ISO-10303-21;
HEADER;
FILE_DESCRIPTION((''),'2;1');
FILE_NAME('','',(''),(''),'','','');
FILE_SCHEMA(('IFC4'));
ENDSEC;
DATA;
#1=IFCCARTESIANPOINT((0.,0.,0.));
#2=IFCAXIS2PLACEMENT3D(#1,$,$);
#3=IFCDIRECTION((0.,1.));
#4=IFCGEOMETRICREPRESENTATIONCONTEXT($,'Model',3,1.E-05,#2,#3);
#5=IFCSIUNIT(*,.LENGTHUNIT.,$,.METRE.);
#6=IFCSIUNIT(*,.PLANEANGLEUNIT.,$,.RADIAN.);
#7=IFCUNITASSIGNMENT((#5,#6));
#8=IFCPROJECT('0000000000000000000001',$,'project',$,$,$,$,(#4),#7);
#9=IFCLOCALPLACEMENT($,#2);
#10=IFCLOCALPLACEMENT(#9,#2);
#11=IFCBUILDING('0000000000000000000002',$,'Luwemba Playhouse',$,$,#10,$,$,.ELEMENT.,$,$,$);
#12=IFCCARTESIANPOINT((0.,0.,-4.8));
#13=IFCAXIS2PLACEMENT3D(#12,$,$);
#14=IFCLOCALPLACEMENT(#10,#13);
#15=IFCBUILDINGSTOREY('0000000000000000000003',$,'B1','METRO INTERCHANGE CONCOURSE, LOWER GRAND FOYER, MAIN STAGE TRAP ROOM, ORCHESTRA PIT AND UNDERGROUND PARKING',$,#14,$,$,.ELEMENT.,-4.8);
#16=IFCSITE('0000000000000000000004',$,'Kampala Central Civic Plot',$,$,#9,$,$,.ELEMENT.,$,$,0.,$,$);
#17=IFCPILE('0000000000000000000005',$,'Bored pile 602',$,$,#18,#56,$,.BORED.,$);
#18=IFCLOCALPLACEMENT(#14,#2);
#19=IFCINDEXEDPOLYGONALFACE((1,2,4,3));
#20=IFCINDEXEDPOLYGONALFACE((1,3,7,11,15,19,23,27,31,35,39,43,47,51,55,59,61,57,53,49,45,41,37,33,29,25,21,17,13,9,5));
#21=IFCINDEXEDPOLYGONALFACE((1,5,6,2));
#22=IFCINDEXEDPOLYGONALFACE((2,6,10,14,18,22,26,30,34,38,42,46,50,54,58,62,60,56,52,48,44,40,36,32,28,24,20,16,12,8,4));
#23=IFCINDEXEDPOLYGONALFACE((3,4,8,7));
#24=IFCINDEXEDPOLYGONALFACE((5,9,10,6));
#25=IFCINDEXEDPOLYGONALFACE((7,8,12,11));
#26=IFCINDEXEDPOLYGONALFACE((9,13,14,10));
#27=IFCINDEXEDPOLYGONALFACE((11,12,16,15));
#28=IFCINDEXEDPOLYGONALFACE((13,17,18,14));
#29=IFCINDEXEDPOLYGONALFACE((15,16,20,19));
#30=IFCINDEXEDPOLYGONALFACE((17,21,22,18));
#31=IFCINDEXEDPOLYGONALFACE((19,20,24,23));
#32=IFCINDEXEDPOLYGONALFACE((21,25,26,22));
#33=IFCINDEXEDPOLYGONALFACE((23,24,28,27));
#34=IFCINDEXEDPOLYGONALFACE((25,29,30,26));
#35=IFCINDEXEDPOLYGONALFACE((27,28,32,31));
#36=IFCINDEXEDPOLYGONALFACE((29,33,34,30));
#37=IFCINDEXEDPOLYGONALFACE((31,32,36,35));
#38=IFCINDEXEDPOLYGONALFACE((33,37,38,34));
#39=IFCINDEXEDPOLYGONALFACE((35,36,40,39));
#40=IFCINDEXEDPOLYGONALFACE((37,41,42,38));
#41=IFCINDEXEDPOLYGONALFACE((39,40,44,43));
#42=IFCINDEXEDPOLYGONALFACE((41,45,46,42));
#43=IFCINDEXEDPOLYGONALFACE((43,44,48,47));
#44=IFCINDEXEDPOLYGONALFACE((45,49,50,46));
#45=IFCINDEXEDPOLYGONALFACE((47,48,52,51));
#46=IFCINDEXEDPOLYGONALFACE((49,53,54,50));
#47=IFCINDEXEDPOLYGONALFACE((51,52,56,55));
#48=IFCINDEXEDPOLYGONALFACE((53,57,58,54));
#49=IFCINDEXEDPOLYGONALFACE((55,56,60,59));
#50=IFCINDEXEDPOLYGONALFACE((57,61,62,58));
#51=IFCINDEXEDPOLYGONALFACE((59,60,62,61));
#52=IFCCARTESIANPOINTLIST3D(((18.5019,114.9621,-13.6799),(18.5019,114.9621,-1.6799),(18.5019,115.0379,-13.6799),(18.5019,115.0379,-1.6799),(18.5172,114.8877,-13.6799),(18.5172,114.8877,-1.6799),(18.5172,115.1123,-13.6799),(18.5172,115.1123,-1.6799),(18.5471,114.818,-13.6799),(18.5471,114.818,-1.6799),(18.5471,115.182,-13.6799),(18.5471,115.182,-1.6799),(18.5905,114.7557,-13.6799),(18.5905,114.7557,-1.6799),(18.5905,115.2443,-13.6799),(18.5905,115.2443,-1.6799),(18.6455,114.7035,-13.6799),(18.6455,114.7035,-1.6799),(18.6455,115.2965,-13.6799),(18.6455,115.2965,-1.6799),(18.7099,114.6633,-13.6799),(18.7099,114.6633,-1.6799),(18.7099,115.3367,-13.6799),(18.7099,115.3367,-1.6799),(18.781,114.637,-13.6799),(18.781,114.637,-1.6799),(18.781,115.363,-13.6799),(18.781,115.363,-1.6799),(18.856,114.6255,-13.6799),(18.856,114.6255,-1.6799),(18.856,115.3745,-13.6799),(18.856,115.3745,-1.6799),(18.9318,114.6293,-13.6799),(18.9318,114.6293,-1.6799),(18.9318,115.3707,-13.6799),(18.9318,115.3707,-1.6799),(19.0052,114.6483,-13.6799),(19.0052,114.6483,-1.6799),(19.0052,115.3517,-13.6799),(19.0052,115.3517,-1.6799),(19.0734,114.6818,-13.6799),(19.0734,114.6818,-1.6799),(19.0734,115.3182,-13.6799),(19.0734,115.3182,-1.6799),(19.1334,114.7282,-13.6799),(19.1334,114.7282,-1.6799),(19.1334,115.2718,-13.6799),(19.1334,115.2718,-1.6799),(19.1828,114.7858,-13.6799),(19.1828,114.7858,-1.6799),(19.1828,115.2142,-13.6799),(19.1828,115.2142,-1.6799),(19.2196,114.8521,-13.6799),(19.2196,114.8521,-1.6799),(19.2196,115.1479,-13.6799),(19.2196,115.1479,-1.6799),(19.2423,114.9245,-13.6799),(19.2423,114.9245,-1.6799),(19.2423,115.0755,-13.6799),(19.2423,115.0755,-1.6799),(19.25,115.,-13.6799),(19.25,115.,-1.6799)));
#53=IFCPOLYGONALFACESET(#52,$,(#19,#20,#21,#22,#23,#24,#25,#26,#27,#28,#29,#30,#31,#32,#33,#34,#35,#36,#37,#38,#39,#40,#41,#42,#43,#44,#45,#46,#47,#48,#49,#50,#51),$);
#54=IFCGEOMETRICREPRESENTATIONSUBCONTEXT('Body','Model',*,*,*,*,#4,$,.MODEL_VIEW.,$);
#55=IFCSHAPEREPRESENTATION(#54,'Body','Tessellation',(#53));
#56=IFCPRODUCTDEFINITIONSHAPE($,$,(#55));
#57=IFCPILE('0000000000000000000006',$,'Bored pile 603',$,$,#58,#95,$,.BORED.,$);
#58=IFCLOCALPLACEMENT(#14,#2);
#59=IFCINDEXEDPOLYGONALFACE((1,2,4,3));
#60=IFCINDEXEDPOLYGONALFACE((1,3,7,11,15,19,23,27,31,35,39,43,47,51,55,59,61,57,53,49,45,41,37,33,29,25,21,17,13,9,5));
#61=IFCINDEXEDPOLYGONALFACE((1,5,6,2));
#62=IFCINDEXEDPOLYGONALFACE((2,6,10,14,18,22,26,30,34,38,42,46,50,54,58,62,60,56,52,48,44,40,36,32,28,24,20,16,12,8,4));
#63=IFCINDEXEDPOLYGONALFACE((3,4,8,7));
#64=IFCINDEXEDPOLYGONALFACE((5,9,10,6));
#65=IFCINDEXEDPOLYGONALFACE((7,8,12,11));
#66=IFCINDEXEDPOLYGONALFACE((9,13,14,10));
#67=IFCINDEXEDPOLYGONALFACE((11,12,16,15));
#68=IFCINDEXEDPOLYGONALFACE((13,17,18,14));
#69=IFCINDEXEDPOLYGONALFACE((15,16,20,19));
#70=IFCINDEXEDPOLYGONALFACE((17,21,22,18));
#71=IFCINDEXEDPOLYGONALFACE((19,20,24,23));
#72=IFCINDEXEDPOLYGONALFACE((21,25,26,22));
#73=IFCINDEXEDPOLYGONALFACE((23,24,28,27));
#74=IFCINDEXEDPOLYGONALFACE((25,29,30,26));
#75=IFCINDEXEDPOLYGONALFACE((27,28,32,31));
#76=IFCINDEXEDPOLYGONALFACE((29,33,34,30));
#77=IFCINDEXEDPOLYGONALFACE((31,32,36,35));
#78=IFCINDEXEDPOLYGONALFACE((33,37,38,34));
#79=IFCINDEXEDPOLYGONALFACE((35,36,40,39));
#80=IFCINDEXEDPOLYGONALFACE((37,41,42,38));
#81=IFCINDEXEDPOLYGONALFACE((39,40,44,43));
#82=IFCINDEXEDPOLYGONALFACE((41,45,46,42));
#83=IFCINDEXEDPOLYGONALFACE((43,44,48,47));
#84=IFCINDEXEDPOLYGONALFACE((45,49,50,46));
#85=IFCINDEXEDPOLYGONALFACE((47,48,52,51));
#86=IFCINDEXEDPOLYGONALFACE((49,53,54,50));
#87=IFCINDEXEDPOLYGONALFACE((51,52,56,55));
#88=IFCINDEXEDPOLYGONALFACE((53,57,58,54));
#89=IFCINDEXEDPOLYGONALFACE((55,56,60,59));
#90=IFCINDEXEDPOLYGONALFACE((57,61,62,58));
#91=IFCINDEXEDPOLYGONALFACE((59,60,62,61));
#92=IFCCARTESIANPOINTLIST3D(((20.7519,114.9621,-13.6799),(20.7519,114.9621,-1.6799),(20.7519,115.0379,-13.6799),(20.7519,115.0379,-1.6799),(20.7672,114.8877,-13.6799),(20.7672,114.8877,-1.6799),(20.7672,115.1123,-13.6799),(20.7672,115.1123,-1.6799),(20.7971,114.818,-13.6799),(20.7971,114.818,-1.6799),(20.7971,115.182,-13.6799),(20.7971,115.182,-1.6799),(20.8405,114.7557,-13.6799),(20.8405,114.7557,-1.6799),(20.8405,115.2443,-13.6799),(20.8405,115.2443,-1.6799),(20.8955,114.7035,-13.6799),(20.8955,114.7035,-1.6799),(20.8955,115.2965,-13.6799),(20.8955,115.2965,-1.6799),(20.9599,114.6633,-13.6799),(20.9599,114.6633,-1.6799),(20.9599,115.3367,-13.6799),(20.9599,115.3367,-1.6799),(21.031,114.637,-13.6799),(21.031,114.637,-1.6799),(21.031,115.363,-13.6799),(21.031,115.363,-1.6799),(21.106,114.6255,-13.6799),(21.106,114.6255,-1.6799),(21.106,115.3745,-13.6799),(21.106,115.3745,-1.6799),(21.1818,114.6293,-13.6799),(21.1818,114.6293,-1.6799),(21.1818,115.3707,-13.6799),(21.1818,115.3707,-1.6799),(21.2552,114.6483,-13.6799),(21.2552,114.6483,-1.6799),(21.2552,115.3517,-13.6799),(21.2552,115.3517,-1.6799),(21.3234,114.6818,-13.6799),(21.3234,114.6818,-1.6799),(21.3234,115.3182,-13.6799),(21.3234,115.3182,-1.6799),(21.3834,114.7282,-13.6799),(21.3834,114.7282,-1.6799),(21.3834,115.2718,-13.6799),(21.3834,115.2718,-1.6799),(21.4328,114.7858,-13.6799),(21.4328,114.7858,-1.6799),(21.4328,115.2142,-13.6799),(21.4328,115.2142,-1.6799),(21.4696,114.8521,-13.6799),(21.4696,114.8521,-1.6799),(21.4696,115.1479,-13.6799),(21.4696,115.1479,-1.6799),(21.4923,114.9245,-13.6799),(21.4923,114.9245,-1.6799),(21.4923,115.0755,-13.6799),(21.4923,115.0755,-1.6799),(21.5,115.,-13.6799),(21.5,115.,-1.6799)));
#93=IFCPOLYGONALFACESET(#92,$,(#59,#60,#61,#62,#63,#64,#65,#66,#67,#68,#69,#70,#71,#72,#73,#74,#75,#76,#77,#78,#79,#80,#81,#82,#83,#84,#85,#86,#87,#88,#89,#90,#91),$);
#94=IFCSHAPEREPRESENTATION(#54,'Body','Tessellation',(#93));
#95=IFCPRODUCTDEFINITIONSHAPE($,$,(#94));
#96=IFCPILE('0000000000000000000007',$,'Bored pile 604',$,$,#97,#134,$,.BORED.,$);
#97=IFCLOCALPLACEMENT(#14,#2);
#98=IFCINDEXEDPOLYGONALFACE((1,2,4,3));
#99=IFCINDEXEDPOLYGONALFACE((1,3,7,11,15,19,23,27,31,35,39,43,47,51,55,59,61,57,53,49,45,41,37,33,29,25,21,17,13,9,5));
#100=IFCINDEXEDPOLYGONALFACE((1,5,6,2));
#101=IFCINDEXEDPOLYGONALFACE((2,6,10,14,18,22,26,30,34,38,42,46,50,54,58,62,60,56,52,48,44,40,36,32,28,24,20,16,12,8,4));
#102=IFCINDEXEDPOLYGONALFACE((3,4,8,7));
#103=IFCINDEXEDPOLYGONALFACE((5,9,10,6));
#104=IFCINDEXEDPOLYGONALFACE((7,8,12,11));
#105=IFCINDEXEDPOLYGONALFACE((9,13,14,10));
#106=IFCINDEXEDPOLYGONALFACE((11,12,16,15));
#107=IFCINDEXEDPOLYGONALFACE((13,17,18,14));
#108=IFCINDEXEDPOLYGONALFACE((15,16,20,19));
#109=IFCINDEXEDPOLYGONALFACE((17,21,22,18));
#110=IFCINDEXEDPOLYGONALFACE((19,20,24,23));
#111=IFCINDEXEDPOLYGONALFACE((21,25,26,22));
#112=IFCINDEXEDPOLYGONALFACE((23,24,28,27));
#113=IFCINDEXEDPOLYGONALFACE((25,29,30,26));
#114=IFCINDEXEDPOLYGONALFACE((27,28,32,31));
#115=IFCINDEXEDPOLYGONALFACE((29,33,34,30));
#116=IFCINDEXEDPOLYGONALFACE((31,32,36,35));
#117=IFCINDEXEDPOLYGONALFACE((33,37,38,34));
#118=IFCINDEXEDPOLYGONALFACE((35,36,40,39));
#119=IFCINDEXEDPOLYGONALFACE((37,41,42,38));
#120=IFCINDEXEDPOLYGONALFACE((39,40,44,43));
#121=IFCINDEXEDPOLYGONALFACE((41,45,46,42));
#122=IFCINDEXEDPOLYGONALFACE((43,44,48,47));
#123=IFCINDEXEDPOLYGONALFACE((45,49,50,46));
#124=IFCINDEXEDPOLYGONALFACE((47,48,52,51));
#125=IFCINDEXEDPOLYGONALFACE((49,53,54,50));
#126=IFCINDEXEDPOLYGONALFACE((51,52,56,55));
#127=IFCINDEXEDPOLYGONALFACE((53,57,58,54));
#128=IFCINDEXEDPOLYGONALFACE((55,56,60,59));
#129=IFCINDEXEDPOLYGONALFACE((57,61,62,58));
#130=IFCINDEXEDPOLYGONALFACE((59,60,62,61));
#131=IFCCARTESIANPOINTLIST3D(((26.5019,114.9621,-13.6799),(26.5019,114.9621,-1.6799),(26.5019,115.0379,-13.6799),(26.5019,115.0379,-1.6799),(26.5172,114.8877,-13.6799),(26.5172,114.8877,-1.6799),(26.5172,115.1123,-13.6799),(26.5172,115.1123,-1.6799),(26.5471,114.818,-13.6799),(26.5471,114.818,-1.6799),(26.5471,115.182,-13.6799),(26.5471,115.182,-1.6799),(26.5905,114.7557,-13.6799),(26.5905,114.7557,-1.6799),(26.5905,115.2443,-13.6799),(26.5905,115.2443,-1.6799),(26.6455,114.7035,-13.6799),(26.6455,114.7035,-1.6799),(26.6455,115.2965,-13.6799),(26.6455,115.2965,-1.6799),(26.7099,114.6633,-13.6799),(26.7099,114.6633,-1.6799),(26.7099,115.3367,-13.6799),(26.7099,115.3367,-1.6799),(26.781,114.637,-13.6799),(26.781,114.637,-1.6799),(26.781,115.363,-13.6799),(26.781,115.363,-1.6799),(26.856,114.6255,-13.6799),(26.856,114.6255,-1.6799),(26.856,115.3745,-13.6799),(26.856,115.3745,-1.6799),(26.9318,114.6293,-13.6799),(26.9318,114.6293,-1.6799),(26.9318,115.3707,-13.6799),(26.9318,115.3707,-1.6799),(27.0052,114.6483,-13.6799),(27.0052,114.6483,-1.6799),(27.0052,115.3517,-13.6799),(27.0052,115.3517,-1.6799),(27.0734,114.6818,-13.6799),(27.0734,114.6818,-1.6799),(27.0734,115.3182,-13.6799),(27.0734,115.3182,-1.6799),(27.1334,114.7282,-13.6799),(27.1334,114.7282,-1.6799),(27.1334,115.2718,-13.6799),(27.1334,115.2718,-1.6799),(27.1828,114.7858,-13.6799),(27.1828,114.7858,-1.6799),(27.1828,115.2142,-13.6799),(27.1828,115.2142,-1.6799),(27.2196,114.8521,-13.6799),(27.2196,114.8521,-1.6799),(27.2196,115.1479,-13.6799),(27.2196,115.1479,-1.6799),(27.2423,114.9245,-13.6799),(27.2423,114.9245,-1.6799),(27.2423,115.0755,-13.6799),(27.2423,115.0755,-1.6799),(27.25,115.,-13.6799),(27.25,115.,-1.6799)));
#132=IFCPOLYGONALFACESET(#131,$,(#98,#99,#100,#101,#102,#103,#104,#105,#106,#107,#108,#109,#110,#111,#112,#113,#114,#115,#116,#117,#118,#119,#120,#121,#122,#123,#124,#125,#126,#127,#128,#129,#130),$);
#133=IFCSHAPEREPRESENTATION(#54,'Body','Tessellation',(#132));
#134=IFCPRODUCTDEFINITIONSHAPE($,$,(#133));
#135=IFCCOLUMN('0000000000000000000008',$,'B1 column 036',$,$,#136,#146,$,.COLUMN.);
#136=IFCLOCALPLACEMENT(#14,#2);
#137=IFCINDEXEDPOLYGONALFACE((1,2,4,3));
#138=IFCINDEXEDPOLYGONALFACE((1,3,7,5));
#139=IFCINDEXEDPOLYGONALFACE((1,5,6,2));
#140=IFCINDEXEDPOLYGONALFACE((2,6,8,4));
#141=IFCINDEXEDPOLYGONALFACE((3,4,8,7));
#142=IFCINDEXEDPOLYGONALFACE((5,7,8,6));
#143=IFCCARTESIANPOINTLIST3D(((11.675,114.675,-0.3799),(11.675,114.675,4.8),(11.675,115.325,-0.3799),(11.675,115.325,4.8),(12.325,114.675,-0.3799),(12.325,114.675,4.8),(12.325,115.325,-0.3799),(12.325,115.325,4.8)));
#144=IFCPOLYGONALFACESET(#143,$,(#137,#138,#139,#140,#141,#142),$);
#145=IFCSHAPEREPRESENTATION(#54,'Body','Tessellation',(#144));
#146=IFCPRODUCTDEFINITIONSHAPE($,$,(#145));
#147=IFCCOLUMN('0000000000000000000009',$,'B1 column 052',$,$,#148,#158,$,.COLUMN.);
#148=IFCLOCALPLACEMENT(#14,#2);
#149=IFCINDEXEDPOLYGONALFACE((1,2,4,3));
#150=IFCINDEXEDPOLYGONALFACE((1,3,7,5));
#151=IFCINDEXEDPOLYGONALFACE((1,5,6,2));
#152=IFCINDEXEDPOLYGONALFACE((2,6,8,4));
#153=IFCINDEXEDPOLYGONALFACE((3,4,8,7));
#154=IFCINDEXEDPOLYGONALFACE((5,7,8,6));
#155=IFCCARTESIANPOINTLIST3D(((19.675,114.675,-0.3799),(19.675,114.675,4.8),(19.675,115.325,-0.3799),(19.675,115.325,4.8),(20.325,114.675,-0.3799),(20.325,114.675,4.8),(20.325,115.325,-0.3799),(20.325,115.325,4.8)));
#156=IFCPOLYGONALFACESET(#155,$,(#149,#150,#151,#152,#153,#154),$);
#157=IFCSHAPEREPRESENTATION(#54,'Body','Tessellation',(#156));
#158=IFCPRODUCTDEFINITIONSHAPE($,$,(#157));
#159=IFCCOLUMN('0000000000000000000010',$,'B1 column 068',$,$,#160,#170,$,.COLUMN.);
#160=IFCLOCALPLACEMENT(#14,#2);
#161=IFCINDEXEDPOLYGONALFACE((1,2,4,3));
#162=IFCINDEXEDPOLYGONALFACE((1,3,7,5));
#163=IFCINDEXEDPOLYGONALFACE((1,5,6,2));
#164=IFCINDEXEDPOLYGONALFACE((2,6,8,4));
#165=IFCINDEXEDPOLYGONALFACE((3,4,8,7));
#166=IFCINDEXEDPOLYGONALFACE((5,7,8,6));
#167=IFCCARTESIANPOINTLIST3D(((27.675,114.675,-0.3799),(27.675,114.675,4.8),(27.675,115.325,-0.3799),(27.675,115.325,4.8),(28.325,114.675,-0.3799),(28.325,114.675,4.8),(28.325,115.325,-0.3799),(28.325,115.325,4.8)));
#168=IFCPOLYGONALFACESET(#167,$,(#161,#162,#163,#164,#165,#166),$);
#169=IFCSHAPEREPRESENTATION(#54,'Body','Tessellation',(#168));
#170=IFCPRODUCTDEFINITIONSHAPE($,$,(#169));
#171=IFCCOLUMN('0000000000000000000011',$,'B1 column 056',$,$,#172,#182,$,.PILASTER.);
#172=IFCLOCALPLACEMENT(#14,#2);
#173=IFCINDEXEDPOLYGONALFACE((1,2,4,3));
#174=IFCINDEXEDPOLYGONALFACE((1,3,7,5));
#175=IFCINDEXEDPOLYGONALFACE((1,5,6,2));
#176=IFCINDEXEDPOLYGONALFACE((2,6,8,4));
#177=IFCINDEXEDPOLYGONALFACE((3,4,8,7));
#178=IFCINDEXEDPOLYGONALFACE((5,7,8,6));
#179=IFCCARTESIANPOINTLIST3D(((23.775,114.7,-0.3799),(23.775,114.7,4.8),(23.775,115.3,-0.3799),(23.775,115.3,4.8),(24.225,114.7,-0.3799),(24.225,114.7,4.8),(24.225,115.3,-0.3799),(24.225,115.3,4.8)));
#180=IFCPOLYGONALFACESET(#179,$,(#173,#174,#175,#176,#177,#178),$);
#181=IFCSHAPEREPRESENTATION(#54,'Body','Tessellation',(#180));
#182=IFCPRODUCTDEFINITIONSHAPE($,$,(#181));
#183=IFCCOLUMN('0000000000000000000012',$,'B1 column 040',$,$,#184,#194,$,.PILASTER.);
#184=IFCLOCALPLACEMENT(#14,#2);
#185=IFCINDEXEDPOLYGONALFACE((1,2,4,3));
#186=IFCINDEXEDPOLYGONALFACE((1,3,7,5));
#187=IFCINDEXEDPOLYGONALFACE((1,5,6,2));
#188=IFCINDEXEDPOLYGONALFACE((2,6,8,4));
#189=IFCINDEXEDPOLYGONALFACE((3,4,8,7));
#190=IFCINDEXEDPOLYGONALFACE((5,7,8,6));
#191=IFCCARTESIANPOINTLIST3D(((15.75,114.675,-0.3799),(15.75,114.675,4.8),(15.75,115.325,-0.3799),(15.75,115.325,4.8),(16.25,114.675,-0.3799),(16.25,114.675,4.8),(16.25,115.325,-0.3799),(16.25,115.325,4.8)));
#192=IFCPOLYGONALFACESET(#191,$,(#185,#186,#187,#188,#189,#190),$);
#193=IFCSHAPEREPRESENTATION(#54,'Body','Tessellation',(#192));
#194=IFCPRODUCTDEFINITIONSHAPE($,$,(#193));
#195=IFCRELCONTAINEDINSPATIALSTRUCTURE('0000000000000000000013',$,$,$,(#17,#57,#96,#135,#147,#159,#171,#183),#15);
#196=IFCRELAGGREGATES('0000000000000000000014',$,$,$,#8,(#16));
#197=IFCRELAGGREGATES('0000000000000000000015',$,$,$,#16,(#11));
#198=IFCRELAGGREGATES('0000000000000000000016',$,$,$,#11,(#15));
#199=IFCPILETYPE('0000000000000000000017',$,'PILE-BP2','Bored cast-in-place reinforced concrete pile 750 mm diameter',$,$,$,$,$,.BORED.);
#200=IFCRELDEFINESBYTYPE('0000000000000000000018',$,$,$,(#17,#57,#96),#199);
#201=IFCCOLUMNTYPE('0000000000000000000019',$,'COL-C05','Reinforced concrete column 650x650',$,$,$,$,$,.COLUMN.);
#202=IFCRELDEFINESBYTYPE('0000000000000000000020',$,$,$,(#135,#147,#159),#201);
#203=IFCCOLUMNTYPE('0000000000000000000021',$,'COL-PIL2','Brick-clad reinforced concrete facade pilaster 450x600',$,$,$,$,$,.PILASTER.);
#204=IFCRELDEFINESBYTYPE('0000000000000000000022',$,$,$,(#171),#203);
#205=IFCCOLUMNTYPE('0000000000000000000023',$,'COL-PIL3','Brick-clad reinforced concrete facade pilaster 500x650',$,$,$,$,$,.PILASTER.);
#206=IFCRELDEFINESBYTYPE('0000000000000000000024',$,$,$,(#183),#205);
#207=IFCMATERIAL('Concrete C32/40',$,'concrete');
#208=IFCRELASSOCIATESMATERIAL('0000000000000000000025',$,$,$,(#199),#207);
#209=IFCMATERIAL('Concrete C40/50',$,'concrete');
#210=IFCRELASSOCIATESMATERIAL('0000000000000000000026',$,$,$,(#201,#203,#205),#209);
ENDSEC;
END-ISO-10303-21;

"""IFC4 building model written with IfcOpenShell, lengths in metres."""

from ifc_helpers import new_model, si_unit, direction, frame, origin, origin_2d, place, context, subcontext, project, spatial, rectangle, circle, extrude, material, material_profile, profile_set, type_object, element, save


model = new_model("IFC4")

# Units and contexts
model_context = context("Model", 3, precision=1e-05, world=origin(), true_north=direction((0.0, 1.0)))
body_context = subcontext(model_context, "Body", "Model", "MODEL_VIEW")
ifc_project = project(units=[si_unit("LENGTHUNIT", "METRE"), si_unit("PLANEANGLEUNIT", "RADIAN")], contexts=[model_context])

# Site, building, storey
site_placement = place(None, origin())
site = spatial("IfcSite", under=ifc_project, at=site_placement, Name="Kampala Central Civic Plot", CompositionType="ELEMENT", RefElevation=0.0)
building_placement = place(site_placement, origin())
building = spatial("IfcBuilding", under=site, at=building_placement, Name="Luwemba Playhouse", CompositionType="ELEMENT")
storey_placement = place(building_placement, frame((0.0, 0.0, -4.8)))
storey = spatial("IfcBuildingStorey", under=building, at=storey_placement, Name="B1", Description="METRO INTERCHANGE CONCOURSE, LOWER GRAND FOYER, MAIN STAGE TRAP ROOM, ORCHESTRA PIT AND UNDERGROUND PARKING", CompositionType="ELEMENT", Elevation=-4.8)

# Shared definitions
ifc_material_1 = material(Name="Concrete C32/40", Category="concrete")

# Piles
ifc_material_profile_1 = material_profile(ifc_material_1, circle(Radius=0.375, at=origin_2d()))
ifc_profile_set_1 = profile_set([ifc_material_profile_1], Name="Concrete C32/40")
pile_type_1 = type_object("IfcPileType", Name="PILE-BP2", Description="Bored cast-in-place reinforced concrete pile 750 mm diameter", PredefinedType="BORED", material=ifc_profile_set_1)
for number, where, z_axis, x_axis, name in (
    (1, (18.875, 115.0, -1.6799), (0.0, 0.0, -1.0), (1.0, 0.0, 0.0), "Bored pile 602"),
    (2, (21.125, 115.0, -1.6799), (0.0, 0.0, -1.0), (1.0, 0.0, 0.0), "Bored pile 603"),
    (3, (26.875, 115.0, -1.6799), (0.0, 0.0, -1.0), (1.0, 0.0, 0.0), "Bored pile 604"),
):
    element("IfcPile", number, at=place(storey_placement, frame(where, z_axis=z_axis, x_axis=x_axis)), inside=storey, type_object=pile_type_1, Name=name, PredefinedType="BORED", context=body_context, shape_type="SweptSolid", body=[
        extrude(circle(Radius=0.375, at=origin_2d()), origin(), (0.0, 0.0, 1.0), 12.0),
    ])

# Columns
ifc_material_2 = material(Name="Concrete C40/50", Category="concrete")
ifc_material_profile_2 = material_profile(ifc_material_2, rectangle(XDim=0.6499, YDim=0.6499, at=origin_2d()))
ifc_profile_set_2 = profile_set([ifc_material_profile_2], Name="Concrete C40/50")
column_type_1 = type_object("IfcColumnType", Name="COL-C05", Description="Reinforced concrete column 650x650", PredefinedType="COLUMN", material=ifc_profile_set_2)
for number, where, z_axis, x_axis, name in (
    (4, (12.0, 115.0, -0.3799), (0.0, 0.0, 1.0), (1.0, 0.0, 0.0), "B1 column 036"),
    (5, (20.0, 115.0, -0.3799), (0.0, 0.0, 1.0), (1.0, 0.0, 0.0), "B1 column 052"),
    (6, (28.0, 115.0, -0.3799), (0.0, 0.0, 1.0), (1.0, 0.0, 0.0), "B1 column 068"),
):
    element("IfcColumn", number, at=place(storey_placement, frame(where, z_axis=z_axis, x_axis=x_axis)), inside=storey, type_object=column_type_1, Name=name, PredefinedType="COLUMN", context=body_context, shape_type="SweptSolid", body=[
        extrude(rectangle(XDim=0.6499, YDim=0.6499, at=origin_2d()), origin(), (0.0, 0.0, 1.0), 5.1799),
    ])
ifc_material_profile_3 = material_profile(ifc_material_2, rectangle(XDim=0.45, YDim=0.6001, at=origin_2d()))
ifc_profile_set_3 = profile_set([ifc_material_profile_3], Name="Concrete C40/50")
column_type_2 = type_object("IfcColumnType", Name="COL-PIL2", Description="Brick-clad reinforced concrete facade pilaster 450x600", PredefinedType="PILASTER", material=ifc_profile_set_3)
column_1_placement = place(storey_placement, frame((24.0, 115.0, -0.3799), z_axis=(0.0, 0.0, 1.0), x_axis=(1.0, 0.0, 0.0)))
element("IfcColumn", 7, at=column_1_placement, inside=storey, type_object=column_type_2, Name="B1 column 056", PredefinedType="PILASTER", context=body_context, shape_type="SweptSolid", body=[
    extrude(rectangle(XDim=0.45, YDim=0.6001, at=origin_2d()), origin(), (0.0, 0.0, 1.0), 5.1799),
])
ifc_material_profile_4 = material_profile(ifc_material_2, rectangle(XDim=0.5, YDim=0.6499, at=origin_2d()))
ifc_profile_set_4 = profile_set([ifc_material_profile_4], Name="Concrete C40/50")
column_type_3 = type_object("IfcColumnType", Name="COL-PIL3", Description="Brick-clad reinforced concrete facade pilaster 500x650", PredefinedType="PILASTER", material=ifc_profile_set_4)
column_2_placement = place(storey_placement, frame((16.0, 115.0, -0.3799), z_axis=(0.0, 0.0, 1.0), x_axis=(1.0, 0.0, 0.0)))
element("IfcColumn", 8, at=column_2_placement, inside=storey, type_object=column_type_3, Name="B1 column 040", PredefinedType="PILASTER", context=body_context, shape_type="SweptSolid", body=[
    extrude(rectangle(XDim=0.5, YDim=0.6499, at=origin_2d()), origin(), (0.0, 0.0, 1.0), 5.1799),
])

save(model, "model.ifc")
